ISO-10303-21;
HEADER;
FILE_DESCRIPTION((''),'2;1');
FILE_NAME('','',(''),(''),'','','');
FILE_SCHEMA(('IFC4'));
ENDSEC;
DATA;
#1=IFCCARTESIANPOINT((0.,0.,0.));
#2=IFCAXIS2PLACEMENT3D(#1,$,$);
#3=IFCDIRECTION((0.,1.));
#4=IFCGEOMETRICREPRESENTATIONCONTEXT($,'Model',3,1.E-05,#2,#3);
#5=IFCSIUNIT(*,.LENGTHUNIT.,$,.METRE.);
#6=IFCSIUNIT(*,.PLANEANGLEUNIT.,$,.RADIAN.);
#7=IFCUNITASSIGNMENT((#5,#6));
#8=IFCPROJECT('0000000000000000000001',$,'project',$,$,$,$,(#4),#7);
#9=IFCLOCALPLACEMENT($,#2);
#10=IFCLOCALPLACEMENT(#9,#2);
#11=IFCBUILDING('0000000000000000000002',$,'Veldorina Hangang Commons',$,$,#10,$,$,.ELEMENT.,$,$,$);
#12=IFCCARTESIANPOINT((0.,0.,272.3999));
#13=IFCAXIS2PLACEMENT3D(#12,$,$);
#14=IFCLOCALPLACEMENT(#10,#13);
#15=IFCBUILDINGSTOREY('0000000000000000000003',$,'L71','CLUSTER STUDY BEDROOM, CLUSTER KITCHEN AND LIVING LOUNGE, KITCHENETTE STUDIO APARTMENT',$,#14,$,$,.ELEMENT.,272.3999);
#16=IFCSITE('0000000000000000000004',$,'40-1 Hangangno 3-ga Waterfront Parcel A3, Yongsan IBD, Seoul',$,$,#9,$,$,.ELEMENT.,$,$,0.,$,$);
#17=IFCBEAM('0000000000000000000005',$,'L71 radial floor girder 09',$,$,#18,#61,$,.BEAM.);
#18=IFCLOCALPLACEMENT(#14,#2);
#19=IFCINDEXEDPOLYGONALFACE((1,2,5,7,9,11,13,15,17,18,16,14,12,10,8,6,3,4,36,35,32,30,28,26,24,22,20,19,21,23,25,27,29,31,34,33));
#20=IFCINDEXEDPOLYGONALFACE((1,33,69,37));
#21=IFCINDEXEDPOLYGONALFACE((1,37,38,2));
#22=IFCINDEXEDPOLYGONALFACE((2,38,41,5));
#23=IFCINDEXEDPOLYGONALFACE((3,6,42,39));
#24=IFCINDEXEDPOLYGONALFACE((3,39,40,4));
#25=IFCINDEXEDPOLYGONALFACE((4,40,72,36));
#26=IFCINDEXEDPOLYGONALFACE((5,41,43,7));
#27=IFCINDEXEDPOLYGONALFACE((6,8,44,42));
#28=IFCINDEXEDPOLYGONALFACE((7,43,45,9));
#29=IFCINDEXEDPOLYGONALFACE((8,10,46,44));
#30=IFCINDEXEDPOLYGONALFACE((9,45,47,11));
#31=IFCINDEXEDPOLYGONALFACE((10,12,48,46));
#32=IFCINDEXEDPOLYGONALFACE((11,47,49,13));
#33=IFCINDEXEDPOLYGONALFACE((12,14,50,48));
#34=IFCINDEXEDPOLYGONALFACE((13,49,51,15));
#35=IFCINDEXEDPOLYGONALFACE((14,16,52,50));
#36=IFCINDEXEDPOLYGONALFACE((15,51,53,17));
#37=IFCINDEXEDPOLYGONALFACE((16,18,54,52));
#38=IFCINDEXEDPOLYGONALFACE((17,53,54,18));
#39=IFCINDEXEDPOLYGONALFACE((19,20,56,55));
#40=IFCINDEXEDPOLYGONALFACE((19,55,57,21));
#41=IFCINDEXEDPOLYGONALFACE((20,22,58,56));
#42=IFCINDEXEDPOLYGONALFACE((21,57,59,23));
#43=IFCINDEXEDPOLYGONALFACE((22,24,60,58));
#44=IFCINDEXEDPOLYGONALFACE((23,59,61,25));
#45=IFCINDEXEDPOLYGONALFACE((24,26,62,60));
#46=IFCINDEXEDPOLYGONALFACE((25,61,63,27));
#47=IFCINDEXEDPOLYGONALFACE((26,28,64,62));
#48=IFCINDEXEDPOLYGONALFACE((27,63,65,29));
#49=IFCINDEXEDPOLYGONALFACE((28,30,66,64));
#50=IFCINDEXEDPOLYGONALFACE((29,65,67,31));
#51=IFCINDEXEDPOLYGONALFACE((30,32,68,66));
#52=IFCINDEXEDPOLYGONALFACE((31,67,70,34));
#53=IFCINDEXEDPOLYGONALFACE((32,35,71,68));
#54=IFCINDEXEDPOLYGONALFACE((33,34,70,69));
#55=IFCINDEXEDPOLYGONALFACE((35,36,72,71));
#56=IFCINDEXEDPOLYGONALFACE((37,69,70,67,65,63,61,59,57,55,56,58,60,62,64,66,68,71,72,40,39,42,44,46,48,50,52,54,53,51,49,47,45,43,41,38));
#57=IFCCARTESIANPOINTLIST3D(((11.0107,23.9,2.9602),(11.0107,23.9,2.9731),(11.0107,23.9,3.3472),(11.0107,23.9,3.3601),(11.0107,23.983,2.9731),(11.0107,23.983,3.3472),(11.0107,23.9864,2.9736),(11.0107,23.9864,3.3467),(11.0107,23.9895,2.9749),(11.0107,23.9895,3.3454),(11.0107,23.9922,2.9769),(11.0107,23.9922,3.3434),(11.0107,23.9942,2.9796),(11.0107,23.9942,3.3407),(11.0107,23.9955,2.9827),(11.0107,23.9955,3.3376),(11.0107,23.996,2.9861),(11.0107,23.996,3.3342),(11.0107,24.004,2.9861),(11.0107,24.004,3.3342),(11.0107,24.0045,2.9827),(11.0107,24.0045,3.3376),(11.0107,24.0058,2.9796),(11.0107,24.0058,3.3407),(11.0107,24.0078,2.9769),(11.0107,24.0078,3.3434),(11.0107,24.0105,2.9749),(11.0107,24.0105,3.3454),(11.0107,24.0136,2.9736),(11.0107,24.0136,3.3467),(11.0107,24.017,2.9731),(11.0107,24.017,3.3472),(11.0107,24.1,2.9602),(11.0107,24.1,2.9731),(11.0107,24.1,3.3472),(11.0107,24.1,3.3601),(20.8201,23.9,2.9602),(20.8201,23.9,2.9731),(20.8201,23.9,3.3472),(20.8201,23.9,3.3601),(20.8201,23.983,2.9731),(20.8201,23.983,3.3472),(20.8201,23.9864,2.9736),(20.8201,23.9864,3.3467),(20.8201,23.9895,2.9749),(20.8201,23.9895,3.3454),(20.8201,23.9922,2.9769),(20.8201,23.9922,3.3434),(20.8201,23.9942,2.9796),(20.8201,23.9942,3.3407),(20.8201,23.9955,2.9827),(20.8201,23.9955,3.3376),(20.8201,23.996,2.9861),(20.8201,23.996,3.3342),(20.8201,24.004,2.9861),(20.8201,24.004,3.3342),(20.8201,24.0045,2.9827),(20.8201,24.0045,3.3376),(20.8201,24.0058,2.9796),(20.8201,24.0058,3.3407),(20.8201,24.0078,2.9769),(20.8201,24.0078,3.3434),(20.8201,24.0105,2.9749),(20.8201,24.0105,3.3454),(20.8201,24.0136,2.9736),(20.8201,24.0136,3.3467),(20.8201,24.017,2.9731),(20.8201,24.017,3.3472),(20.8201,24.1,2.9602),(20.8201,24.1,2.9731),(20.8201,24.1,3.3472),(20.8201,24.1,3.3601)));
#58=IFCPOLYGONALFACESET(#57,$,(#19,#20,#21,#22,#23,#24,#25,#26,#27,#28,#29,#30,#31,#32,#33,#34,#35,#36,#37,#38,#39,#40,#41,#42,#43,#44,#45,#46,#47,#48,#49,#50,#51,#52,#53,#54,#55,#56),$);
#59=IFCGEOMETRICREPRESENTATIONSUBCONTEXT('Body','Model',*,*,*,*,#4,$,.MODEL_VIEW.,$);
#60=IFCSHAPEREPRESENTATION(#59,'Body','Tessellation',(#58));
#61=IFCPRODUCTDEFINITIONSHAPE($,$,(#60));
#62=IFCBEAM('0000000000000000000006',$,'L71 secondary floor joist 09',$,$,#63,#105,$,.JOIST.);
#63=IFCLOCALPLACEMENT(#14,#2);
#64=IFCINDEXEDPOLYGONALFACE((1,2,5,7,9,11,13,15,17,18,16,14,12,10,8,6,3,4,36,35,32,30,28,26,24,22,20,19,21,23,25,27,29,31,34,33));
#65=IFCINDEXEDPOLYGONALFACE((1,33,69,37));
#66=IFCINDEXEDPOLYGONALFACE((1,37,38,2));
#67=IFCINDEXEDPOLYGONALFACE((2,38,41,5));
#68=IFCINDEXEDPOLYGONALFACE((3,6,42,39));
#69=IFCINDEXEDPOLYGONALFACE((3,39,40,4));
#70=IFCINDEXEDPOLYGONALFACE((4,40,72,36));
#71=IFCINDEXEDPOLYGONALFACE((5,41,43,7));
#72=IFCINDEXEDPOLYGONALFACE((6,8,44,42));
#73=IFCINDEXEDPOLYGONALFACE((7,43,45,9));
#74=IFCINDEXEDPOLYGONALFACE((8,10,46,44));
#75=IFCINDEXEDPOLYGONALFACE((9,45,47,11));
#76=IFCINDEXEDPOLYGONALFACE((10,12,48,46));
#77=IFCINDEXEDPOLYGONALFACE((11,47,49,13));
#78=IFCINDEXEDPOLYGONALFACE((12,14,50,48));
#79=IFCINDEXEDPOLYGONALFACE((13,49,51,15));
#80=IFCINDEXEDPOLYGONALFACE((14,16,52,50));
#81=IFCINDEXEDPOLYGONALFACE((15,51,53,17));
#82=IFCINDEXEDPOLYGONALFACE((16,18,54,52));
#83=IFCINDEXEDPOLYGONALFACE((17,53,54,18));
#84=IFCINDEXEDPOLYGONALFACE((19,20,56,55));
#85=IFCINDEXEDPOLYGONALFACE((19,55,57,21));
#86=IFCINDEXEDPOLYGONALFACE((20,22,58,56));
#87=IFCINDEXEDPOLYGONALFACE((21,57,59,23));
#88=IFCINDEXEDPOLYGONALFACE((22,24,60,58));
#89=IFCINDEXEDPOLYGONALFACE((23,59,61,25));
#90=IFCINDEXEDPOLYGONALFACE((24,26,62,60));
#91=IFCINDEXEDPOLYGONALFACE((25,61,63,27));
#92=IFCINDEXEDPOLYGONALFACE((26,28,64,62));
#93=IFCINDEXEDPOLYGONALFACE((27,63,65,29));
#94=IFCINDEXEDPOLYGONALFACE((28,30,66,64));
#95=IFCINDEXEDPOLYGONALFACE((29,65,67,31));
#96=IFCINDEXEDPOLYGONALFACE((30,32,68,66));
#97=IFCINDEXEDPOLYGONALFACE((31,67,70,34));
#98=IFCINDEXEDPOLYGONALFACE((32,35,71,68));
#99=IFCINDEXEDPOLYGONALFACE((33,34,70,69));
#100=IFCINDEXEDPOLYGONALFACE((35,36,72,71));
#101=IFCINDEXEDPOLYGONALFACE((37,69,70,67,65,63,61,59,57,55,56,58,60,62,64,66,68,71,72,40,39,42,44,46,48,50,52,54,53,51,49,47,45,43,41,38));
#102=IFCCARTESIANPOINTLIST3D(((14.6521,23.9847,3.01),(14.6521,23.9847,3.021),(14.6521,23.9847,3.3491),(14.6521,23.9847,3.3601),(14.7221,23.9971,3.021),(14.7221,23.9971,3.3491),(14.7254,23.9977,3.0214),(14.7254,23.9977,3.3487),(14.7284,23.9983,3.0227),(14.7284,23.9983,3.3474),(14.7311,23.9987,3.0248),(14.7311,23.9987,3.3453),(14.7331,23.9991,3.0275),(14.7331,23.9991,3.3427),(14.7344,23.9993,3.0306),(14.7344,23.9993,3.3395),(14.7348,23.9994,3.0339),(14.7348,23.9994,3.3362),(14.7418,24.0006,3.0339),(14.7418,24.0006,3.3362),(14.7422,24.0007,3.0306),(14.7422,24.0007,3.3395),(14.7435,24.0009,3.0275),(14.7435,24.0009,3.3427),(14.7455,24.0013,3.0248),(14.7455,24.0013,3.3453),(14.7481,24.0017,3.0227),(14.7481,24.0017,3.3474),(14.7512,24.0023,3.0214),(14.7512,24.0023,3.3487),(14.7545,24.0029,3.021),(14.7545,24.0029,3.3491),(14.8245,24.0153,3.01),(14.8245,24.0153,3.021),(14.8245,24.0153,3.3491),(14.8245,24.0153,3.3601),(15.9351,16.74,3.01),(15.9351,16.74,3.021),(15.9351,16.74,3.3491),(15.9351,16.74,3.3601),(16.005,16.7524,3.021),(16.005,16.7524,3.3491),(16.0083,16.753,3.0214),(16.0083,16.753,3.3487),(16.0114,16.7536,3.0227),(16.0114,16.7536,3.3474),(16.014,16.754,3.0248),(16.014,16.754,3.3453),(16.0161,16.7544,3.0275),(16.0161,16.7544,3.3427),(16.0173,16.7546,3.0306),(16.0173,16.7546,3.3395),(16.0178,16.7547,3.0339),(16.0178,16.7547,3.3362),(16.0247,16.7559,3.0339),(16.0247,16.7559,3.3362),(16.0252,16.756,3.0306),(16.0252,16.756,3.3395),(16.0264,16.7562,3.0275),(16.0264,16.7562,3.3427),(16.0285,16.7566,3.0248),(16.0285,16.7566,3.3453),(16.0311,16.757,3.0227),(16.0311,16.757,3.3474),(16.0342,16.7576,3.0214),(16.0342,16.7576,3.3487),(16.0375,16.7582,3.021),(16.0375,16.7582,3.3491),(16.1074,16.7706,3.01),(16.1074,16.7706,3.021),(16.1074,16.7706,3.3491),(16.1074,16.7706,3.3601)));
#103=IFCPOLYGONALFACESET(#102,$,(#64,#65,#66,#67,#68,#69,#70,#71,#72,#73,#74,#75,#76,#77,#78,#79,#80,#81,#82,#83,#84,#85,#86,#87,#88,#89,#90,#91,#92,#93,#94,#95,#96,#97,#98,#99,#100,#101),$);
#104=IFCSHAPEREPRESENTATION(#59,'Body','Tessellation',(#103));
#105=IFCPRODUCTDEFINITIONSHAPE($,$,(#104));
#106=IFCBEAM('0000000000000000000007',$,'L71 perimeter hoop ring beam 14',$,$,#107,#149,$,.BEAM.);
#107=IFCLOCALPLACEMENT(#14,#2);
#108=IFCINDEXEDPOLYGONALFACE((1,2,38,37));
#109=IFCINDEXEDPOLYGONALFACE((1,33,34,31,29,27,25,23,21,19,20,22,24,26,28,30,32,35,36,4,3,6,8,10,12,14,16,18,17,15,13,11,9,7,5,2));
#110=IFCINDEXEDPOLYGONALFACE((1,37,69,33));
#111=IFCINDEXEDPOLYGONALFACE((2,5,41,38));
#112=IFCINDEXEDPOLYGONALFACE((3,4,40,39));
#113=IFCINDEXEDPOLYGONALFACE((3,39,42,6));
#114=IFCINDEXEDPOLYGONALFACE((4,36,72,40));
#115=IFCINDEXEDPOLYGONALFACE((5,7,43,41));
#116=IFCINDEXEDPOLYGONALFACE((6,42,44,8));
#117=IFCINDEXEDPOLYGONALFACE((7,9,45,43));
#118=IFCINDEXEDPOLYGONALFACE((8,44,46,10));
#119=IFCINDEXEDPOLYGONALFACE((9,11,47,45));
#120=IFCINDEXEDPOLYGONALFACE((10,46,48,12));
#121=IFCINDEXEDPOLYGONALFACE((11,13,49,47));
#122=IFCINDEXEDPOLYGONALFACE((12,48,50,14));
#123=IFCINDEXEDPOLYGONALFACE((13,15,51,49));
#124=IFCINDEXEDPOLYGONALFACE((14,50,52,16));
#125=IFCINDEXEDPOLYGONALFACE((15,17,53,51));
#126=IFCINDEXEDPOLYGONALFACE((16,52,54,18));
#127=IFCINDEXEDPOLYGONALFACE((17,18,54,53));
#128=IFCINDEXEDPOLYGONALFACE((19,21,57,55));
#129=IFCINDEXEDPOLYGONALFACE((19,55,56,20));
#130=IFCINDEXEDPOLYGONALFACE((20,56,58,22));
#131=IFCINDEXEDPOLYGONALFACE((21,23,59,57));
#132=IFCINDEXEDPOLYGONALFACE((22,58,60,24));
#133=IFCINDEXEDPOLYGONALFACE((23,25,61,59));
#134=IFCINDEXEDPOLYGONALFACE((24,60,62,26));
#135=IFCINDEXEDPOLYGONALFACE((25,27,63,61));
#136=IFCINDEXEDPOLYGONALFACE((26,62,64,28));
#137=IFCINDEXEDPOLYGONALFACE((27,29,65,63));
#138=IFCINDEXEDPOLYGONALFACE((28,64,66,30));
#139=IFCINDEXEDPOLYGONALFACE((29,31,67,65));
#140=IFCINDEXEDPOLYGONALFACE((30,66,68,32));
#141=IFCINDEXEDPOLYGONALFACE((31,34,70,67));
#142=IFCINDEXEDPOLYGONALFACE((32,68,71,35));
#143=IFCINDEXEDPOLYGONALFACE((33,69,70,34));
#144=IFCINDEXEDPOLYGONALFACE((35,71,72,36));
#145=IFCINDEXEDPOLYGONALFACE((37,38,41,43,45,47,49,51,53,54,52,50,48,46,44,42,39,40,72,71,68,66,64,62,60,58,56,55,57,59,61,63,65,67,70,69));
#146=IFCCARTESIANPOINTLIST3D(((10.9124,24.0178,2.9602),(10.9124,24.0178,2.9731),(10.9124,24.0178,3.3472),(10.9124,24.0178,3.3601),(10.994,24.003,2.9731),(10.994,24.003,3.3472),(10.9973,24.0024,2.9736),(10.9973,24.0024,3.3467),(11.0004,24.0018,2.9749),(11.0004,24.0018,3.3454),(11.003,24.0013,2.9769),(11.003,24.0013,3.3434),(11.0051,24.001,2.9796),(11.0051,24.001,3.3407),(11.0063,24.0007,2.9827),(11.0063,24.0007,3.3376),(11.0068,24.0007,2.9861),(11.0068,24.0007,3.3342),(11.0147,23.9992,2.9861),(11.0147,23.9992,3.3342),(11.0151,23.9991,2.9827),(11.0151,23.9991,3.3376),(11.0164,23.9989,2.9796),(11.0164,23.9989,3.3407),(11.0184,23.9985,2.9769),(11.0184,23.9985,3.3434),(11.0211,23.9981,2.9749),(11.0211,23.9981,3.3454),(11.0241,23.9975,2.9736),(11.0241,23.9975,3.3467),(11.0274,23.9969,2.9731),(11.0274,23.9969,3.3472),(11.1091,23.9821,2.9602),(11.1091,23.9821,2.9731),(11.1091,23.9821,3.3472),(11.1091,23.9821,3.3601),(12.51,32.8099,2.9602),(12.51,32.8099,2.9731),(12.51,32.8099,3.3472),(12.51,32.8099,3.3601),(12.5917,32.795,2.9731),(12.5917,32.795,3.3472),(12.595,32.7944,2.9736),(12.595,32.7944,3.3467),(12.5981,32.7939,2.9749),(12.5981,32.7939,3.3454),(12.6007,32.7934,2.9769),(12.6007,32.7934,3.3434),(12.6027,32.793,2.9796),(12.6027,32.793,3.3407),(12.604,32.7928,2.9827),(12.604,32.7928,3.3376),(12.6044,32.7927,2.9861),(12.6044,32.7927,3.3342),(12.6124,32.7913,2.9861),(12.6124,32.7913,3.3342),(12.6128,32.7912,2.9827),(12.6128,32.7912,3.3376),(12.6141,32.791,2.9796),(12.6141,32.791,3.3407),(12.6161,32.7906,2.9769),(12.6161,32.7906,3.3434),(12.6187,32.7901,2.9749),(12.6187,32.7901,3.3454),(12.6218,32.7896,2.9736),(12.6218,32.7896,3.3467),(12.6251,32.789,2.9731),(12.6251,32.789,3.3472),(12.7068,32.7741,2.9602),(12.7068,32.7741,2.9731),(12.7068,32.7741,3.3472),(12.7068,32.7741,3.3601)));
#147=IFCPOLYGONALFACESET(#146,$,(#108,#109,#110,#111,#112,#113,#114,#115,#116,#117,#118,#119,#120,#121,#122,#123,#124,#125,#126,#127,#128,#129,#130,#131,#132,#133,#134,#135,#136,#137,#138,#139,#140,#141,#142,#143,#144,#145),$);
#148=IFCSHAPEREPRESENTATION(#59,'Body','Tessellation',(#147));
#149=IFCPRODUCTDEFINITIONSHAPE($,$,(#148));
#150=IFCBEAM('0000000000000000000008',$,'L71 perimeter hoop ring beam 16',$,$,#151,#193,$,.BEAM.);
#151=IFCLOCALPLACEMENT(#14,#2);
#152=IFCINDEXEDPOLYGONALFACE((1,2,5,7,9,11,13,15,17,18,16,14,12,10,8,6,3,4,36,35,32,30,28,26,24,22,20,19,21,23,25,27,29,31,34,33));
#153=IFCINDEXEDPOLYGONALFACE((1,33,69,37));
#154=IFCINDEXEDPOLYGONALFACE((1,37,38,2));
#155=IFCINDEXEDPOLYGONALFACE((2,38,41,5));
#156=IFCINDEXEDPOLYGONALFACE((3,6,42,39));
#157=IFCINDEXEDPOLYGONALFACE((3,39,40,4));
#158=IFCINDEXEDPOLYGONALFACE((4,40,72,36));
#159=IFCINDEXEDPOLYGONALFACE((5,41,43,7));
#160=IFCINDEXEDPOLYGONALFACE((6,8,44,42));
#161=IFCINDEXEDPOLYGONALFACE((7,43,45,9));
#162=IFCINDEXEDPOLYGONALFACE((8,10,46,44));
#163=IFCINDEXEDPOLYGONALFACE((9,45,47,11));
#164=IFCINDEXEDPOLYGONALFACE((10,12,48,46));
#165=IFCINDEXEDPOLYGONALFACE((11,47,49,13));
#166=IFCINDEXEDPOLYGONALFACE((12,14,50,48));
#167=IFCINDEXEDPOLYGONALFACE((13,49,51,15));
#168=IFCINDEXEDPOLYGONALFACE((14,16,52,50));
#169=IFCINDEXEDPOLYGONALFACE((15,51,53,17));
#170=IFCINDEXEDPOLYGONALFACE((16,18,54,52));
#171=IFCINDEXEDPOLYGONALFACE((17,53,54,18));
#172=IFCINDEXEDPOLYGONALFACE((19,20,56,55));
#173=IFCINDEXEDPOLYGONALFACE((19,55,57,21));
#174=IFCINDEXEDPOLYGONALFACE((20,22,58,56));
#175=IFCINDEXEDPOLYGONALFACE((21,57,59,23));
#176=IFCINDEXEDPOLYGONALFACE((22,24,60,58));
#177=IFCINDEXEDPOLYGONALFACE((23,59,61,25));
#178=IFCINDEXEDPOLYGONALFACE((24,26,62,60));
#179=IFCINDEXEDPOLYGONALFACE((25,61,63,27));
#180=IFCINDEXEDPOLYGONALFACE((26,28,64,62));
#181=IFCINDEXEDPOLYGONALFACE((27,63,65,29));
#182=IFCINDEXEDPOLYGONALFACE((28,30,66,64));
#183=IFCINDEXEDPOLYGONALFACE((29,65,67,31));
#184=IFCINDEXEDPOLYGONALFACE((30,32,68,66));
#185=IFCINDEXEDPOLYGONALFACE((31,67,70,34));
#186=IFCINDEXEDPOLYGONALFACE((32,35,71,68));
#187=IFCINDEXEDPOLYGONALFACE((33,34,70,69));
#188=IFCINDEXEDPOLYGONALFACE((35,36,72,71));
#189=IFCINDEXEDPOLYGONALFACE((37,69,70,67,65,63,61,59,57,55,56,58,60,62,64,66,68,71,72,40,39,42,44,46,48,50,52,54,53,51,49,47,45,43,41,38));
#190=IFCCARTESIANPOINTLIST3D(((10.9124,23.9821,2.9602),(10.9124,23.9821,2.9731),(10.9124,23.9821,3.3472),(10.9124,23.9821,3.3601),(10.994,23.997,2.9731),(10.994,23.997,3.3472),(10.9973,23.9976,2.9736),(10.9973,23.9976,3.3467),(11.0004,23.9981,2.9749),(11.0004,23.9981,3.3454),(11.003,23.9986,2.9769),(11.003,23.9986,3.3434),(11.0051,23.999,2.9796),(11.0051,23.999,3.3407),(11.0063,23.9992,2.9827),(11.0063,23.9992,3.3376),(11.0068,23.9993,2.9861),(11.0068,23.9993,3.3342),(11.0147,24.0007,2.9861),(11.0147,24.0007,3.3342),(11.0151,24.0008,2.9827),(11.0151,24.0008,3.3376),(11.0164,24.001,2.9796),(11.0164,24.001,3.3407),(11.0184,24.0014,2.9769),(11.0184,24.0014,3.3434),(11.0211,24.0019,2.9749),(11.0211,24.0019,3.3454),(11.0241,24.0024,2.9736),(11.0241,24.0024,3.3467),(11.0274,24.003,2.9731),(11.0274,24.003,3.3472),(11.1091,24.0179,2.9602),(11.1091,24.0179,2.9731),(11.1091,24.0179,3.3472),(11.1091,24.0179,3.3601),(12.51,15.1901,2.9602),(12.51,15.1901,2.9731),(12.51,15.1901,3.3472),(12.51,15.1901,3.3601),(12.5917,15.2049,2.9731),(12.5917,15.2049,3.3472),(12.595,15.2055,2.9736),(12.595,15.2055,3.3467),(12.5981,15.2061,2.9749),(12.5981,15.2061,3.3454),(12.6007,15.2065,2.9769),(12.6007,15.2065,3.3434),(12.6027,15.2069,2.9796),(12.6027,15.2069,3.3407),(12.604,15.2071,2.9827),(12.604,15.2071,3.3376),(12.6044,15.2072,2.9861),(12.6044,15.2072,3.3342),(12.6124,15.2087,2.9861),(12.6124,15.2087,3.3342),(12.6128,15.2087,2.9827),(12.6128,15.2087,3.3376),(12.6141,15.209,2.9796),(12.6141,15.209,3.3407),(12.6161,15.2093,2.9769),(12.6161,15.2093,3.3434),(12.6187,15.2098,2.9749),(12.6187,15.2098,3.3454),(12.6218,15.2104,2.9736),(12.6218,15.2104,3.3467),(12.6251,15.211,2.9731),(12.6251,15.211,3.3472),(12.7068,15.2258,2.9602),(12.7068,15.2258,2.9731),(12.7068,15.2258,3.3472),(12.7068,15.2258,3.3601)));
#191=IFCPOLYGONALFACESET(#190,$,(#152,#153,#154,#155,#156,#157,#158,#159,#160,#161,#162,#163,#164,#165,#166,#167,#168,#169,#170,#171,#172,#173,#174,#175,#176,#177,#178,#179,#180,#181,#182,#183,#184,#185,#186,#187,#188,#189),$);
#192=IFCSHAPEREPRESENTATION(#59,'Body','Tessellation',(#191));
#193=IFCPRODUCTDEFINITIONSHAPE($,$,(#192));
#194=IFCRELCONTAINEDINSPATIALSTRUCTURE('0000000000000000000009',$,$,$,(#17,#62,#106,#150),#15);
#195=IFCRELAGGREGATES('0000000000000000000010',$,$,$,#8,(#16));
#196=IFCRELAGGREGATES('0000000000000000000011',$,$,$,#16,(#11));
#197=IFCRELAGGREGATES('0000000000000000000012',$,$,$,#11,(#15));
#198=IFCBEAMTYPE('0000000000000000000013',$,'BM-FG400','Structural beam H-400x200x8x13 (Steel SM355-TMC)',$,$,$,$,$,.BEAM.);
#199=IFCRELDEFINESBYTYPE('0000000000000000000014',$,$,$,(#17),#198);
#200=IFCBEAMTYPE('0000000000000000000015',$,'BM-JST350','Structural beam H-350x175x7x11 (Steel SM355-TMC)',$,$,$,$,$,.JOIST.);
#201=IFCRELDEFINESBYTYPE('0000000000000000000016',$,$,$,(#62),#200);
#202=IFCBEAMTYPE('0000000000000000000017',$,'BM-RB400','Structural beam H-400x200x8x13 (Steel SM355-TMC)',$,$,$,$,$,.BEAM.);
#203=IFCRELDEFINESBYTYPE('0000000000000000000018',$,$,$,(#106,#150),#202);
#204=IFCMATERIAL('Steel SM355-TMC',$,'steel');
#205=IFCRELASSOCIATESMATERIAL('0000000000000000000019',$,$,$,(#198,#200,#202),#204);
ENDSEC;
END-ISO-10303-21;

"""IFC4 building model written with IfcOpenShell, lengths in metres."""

from ifc_helpers import new_model, si_unit, direction, frame, origin, origin_2d, place, context, subcontext, project, spatial, i_section, extrude, material, material_profile, profile_set, type_object, element, save


model = new_model("IFC4")

# Units and contexts
model_context = context("Model", 3, precision=1e-05, world=origin(), true_north=direction((0.0, 1.0)))
body_context = subcontext(model_context, "Body", "Model", "MODEL_VIEW")
ifc_project = project(units=[si_unit("LENGTHUNIT", "METRE"), si_unit("PLANEANGLEUNIT", "RADIAN")], contexts=[model_context])

# Site, building, storey
site_placement = place(None, origin())
site = spatial("IfcSite", under=ifc_project, at=site_placement, Name="40-1 Hangangno 3-ga Waterfront Parcel A3, Yongsan IBD, Seoul", CompositionType="ELEMENT", RefElevation=0.0)
building_placement = place(site_placement, origin())
building = spatial("IfcBuilding", under=site, at=building_placement, Name="Veldorina Hangang Commons", CompositionType="ELEMENT")
storey_placement = place(building_placement, frame((0.0, 0.0, 272.3999)))
storey = spatial("IfcBuildingStorey", under=building, at=storey_placement, Name="L71", Description="CLUSTER STUDY BEDROOM, CLUSTER KITCHEN AND LIVING LOUNGE, KITCHENETTE STUDIO APARTMENT", CompositionType="ELEMENT", Elevation=272.3999)

# Beams
ifc_material_1 = material(Name="Steel SM355-TMC", Category="steel")
ifc_material_profile_1 = material_profile(ifc_material_1, i_section(OverallWidth=0.2, OverallDepth=0.3999, WebThickness=0.0081, FlangeThickness=0.0129, FilletRadius=0.0129, at=origin_2d()), Name="H-400x200x8x13")
ifc_profile_set_1 = profile_set([ifc_material_profile_1], Name="Steel SM355-TMC")
beam_type_1 = type_object("IfcBeamType", Name="BM-FG400", Description="Structural beam H-400x200x8x13 (Steel SM355-TMC)", PredefinedType="BEAM", material=ifc_profile_set_1)
beam_1_placement = place(storey_placement, frame((20.8201, 24.0, 3.1602), z_axis=(-1.0, 0.0, 0.0), x_axis=(0.0, -1.0, 0.0)))
element("IfcBeam", 1, at=beam_1_placement, inside=storey, type_object=beam_type_1, Name="L71 radial floor girder 09", PredefinedType="BEAM", context=body_context, shape_type="SweptSolid", body=[
    extrude(i_section(OverallWidth=0.2, OverallDepth=0.3999, WebThickness=0.0081, FlangeThickness=0.0129, FilletRadius=0.0129, at=origin_2d()), origin(), (0.0, 0.0, 1.0), 9.8093),
])
ifc_material_profile_2 = material_profile(ifc_material_1, i_section(OverallWidth=0.175, OverallDepth=0.3501, WebThickness=0.0071, FlangeThickness=0.011, FilletRadius=0.0129, at=origin_2d()), Name="H-350x175x7x11")
ifc_profile_set_2 = profile_set([ifc_material_profile_2], Name="Steel SM355-TMC")
beam_type_2 = type_object("IfcBeamType", Name="BM-JST350", Description="Structural beam H-350x175x7x11 (Steel SM355-TMC)", PredefinedType="JOIST", material=ifc_profile_set_2)
beam_2_placement = place(storey_placement, frame((14.7383, 24.0, 3.1851), z_axis=(0.174378, -0.984679, 0.0), x_axis=(0.984679, 0.174378, 0.0)))
element("IfcBeam", 2, at=beam_2_placement, inside=storey, type_object=beam_type_2, Name="L71 secondary floor joist 09", PredefinedType="JOIST", context=body_context, shape_type="SweptSolid", body=[
    extrude(i_section(OverallWidth=0.175, OverallDepth=0.3501, WebThickness=0.0071, FlangeThickness=0.011, FilletRadius=0.0129, at=origin_2d()), origin(), (0.0, 0.0, 1.0), 7.3574),
])
ifc_material_profile_3 = material_profile(ifc_material_1, i_section(OverallWidth=0.2, OverallDepth=0.3999, WebThickness=0.0081, FlangeThickness=0.0129, FilletRadius=0.0129, at=origin_2d()), Name="H-400x200x8x13")
ifc_profile_set_3 = profile_set([ifc_material_profile_3], Name="Steel SM355-TMC")
beam_type_3 = type_object("IfcBeamType", Name="BM-RB400", Description="Structural beam H-400x200x8x13 (Steel SM355-TMC)", PredefinedType="BEAM", material=ifc_profile_set_3)
for number, where, z_axis, x_axis, name in (
    (3, (12.6084, 32.792, 3.1602), (-0.178789, -0.983887, 0.0), (0.983887, -0.178789, 0.0), "L71 perimeter hoop ring beam 14"),
    (4, (11.0107, 24.0, 3.1602), (0.178789, -0.983887, 0.0), (0.983887, 0.178789, 0.0), "L71 perimeter hoop ring beam 16"),
):
    element("IfcBeam", number, at=place(storey_placement, frame(where, z_axis=z_axis, x_axis=x_axis)), inside=storey, type_object=beam_type_3, Name=name, PredefinedType="BEAM", context=body_context, shape_type="SweptSolid", body=[
        extrude(i_section(OverallWidth=0.2, OverallDepth=0.3999, WebThickness=0.0081, FlangeThickness=0.0129, FilletRadius=0.0129, at=origin_2d()), origin(), (0.0, 0.0, 1.0), 8.936),
    ])

save(model, "model.ifc")
